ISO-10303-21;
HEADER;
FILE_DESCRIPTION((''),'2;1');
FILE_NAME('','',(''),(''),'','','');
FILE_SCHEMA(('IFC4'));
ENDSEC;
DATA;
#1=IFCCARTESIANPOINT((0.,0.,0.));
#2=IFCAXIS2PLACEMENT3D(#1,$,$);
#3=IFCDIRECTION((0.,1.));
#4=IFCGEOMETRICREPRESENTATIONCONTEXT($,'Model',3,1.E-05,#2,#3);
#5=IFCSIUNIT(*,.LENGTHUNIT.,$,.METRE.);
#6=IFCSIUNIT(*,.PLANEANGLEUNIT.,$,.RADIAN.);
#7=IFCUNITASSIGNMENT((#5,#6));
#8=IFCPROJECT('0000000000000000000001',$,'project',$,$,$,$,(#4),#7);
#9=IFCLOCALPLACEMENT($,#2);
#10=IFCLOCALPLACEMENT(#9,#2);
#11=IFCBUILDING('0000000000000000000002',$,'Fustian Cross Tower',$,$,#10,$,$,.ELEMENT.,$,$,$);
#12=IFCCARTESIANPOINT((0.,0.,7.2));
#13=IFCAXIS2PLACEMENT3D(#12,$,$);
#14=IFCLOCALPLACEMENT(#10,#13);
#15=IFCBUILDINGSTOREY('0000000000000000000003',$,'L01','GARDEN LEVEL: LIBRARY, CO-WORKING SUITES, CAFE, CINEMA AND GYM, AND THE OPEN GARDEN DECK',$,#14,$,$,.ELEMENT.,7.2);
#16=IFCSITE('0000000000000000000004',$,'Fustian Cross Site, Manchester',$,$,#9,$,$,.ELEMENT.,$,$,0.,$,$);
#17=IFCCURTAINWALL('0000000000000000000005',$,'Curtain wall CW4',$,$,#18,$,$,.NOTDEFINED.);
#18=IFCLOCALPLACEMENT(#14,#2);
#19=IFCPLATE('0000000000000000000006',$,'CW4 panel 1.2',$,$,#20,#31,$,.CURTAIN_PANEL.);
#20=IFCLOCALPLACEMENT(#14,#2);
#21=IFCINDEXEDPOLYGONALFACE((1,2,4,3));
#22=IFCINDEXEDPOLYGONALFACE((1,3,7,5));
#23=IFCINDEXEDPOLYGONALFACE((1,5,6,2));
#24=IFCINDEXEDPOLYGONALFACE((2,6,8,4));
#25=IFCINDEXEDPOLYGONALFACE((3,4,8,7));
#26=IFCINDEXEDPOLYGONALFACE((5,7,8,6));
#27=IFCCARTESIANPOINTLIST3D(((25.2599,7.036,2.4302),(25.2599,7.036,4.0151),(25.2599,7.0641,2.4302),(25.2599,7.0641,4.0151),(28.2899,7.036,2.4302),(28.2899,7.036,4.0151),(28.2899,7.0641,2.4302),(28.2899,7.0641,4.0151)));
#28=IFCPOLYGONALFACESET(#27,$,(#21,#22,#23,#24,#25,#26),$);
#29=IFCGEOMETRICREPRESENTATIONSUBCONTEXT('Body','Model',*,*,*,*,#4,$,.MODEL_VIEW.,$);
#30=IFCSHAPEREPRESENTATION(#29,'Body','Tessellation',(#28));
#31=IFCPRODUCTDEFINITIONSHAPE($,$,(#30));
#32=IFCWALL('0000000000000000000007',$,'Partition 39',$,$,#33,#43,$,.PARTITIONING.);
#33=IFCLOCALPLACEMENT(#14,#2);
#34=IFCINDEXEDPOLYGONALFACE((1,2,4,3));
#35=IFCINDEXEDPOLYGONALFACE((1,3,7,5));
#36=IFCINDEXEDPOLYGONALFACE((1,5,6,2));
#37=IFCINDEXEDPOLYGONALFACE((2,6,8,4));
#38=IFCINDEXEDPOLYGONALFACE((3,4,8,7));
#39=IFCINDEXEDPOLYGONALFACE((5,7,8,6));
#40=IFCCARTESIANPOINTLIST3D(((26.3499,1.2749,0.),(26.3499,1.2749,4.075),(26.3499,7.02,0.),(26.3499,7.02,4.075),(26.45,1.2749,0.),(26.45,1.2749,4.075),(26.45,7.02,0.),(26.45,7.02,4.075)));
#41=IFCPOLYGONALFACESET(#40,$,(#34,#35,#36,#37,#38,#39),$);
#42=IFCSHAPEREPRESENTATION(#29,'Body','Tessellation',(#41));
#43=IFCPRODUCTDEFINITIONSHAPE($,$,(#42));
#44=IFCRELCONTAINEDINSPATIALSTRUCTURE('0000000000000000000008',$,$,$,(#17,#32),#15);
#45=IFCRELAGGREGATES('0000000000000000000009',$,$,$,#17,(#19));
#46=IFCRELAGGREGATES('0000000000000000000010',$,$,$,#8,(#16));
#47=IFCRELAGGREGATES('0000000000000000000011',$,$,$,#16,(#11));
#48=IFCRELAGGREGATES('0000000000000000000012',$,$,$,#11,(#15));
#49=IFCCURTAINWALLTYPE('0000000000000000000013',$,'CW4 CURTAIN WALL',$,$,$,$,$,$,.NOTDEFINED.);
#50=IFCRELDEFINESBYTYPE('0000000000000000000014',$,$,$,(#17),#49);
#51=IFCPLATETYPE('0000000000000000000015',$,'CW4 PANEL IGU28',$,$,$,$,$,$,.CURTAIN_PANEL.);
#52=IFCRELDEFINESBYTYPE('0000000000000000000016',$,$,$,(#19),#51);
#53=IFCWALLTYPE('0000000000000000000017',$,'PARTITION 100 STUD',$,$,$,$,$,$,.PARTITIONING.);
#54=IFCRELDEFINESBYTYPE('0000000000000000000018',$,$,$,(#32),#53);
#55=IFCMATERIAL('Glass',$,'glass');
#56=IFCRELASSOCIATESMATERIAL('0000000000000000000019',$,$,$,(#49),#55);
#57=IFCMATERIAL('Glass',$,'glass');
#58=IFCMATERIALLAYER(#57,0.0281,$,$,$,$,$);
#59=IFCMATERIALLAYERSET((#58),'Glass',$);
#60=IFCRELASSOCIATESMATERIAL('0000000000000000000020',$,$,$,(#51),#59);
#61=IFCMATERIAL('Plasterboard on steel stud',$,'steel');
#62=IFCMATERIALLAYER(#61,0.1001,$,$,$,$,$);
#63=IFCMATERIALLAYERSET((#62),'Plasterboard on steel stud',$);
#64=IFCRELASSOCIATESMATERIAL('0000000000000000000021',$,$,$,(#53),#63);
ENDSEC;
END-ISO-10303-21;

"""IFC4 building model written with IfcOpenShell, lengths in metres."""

from ifc_helpers import new_model, si_unit, direction, frame, frame_2d, origin, origin_2d, place, context, subcontext, project, spatial, rectangle, extrude, material, layer, layer_set, type_object, element, aggregate, save


model = new_model("IFC4")

# Units and contexts
model_context = context("Model", 3, precision=1e-05, world=origin(), true_north=direction((0.0, 1.0)))
body_context = subcontext(model_context, "Body", "Model", "MODEL_VIEW")
ifc_project = project(units=[si_unit("LENGTHUNIT", "METRE"), si_unit("PLANEANGLEUNIT", "RADIAN")], contexts=[model_context])

# Site, building, storey
site_placement = place(None, origin())
site = spatial("IfcSite", under=ifc_project, at=site_placement, Name="Fustian Cross Site, Manchester", CompositionType="ELEMENT", RefElevation=0.0)
building_placement = place(site_placement, origin())
building = spatial("IfcBuilding", under=site, at=building_placement, Name="Fustian Cross Tower", CompositionType="ELEMENT")
storey_placement = place(building_placement, frame((0.0, 0.0, 7.2)))
storey = spatial("IfcBuildingStorey", under=building, at=storey_placement, Name="L01", Description="GARDEN LEVEL: LIBRARY, CO-WORKING SUITES, CAFE, CINEMA AND GYM, AND THE OPEN GARDEN DECK", CompositionType="ELEMENT", Elevation=7.2)

# Curtain wall
ifc_material_1 = material(Name="Glass", Category="glass")
curtain_wall_type = type_object("IfcCurtainWallType", Name="CW4 CURTAIN WALL", PredefinedType="NOTDEFINED", material=ifc_material_1)
curtain_wall_1_placement = place(storey_placement, origin())
curtain_wall_1 = element("IfcCurtainWall", 1, at=curtain_wall_1_placement, inside=storey, type_object=curtain_wall_type, Name="Curtain wall CW4", PredefinedType="NOTDEFINED")

# Plate
ifc_material_2 = material(Name="Glass", Category="glass")
ifc_layer_1 = layer(ifc_material_2, 0.0281)
ifc_layer_set_1 = layer_set([ifc_layer_1], Name="Glass")
plate_type = type_object("IfcPlateType", Name="CW4 PANEL IGU28", PredefinedType="CURTAIN_PANEL", material=ifc_layer_set_1)
plate_1_placement = place(storey_placement, frame((26.7749, 7.05, 2.4302), z_axis=(0.0, 0.0, 1.0), x_axis=(-1.0, 0.0, 0.0)))
plate_1 = element("IfcPlate", 2, at=plate_1_placement, type_object=plate_type, Name="CW4 panel 1.2", PredefinedType="CURTAIN_PANEL", context=body_context, shape_type="SweptSolid", body=[
    extrude(rectangle(XDim=3.03, YDim=0.0281, at=origin_2d()), origin(), (0.0, 0.0, 1.0), 1.585),
])
aggregate(curtain_wall_1, [plate_1])

# Wall
ifc_material_3 = material(Name="Plasterboard on steel stud", Category="steel")
ifc_layer_2 = layer(ifc_material_3, 0.1001)
ifc_layer_set_2 = layer_set([ifc_layer_2], Name="Plasterboard on steel stud")
wall_type = type_object("IfcWallType", Name="PARTITION 100 STUD", PredefinedType="PARTITIONING", material=ifc_layer_set_2)
wall_placement = place(storey_placement, frame((26.3999, 1.2749, 0.0), z_axis=(0.0, 0.0, 1.0), x_axis=(0.0, 1.0, 0.0)))
element("IfcWall", 3, at=wall_placement, inside=storey, type_object=wall_type, Name="Partition 39", PredefinedType="PARTITIONING", context=body_context, shape_type="SweptSolid", body=[
    extrude(rectangle(XDim=5.7451, YDim=0.1001, at=frame_2d((2.8726, 0.0))), origin(), (0.0, 0.0, 1.0), 4.075),
])

save(model, "model.ifc")
